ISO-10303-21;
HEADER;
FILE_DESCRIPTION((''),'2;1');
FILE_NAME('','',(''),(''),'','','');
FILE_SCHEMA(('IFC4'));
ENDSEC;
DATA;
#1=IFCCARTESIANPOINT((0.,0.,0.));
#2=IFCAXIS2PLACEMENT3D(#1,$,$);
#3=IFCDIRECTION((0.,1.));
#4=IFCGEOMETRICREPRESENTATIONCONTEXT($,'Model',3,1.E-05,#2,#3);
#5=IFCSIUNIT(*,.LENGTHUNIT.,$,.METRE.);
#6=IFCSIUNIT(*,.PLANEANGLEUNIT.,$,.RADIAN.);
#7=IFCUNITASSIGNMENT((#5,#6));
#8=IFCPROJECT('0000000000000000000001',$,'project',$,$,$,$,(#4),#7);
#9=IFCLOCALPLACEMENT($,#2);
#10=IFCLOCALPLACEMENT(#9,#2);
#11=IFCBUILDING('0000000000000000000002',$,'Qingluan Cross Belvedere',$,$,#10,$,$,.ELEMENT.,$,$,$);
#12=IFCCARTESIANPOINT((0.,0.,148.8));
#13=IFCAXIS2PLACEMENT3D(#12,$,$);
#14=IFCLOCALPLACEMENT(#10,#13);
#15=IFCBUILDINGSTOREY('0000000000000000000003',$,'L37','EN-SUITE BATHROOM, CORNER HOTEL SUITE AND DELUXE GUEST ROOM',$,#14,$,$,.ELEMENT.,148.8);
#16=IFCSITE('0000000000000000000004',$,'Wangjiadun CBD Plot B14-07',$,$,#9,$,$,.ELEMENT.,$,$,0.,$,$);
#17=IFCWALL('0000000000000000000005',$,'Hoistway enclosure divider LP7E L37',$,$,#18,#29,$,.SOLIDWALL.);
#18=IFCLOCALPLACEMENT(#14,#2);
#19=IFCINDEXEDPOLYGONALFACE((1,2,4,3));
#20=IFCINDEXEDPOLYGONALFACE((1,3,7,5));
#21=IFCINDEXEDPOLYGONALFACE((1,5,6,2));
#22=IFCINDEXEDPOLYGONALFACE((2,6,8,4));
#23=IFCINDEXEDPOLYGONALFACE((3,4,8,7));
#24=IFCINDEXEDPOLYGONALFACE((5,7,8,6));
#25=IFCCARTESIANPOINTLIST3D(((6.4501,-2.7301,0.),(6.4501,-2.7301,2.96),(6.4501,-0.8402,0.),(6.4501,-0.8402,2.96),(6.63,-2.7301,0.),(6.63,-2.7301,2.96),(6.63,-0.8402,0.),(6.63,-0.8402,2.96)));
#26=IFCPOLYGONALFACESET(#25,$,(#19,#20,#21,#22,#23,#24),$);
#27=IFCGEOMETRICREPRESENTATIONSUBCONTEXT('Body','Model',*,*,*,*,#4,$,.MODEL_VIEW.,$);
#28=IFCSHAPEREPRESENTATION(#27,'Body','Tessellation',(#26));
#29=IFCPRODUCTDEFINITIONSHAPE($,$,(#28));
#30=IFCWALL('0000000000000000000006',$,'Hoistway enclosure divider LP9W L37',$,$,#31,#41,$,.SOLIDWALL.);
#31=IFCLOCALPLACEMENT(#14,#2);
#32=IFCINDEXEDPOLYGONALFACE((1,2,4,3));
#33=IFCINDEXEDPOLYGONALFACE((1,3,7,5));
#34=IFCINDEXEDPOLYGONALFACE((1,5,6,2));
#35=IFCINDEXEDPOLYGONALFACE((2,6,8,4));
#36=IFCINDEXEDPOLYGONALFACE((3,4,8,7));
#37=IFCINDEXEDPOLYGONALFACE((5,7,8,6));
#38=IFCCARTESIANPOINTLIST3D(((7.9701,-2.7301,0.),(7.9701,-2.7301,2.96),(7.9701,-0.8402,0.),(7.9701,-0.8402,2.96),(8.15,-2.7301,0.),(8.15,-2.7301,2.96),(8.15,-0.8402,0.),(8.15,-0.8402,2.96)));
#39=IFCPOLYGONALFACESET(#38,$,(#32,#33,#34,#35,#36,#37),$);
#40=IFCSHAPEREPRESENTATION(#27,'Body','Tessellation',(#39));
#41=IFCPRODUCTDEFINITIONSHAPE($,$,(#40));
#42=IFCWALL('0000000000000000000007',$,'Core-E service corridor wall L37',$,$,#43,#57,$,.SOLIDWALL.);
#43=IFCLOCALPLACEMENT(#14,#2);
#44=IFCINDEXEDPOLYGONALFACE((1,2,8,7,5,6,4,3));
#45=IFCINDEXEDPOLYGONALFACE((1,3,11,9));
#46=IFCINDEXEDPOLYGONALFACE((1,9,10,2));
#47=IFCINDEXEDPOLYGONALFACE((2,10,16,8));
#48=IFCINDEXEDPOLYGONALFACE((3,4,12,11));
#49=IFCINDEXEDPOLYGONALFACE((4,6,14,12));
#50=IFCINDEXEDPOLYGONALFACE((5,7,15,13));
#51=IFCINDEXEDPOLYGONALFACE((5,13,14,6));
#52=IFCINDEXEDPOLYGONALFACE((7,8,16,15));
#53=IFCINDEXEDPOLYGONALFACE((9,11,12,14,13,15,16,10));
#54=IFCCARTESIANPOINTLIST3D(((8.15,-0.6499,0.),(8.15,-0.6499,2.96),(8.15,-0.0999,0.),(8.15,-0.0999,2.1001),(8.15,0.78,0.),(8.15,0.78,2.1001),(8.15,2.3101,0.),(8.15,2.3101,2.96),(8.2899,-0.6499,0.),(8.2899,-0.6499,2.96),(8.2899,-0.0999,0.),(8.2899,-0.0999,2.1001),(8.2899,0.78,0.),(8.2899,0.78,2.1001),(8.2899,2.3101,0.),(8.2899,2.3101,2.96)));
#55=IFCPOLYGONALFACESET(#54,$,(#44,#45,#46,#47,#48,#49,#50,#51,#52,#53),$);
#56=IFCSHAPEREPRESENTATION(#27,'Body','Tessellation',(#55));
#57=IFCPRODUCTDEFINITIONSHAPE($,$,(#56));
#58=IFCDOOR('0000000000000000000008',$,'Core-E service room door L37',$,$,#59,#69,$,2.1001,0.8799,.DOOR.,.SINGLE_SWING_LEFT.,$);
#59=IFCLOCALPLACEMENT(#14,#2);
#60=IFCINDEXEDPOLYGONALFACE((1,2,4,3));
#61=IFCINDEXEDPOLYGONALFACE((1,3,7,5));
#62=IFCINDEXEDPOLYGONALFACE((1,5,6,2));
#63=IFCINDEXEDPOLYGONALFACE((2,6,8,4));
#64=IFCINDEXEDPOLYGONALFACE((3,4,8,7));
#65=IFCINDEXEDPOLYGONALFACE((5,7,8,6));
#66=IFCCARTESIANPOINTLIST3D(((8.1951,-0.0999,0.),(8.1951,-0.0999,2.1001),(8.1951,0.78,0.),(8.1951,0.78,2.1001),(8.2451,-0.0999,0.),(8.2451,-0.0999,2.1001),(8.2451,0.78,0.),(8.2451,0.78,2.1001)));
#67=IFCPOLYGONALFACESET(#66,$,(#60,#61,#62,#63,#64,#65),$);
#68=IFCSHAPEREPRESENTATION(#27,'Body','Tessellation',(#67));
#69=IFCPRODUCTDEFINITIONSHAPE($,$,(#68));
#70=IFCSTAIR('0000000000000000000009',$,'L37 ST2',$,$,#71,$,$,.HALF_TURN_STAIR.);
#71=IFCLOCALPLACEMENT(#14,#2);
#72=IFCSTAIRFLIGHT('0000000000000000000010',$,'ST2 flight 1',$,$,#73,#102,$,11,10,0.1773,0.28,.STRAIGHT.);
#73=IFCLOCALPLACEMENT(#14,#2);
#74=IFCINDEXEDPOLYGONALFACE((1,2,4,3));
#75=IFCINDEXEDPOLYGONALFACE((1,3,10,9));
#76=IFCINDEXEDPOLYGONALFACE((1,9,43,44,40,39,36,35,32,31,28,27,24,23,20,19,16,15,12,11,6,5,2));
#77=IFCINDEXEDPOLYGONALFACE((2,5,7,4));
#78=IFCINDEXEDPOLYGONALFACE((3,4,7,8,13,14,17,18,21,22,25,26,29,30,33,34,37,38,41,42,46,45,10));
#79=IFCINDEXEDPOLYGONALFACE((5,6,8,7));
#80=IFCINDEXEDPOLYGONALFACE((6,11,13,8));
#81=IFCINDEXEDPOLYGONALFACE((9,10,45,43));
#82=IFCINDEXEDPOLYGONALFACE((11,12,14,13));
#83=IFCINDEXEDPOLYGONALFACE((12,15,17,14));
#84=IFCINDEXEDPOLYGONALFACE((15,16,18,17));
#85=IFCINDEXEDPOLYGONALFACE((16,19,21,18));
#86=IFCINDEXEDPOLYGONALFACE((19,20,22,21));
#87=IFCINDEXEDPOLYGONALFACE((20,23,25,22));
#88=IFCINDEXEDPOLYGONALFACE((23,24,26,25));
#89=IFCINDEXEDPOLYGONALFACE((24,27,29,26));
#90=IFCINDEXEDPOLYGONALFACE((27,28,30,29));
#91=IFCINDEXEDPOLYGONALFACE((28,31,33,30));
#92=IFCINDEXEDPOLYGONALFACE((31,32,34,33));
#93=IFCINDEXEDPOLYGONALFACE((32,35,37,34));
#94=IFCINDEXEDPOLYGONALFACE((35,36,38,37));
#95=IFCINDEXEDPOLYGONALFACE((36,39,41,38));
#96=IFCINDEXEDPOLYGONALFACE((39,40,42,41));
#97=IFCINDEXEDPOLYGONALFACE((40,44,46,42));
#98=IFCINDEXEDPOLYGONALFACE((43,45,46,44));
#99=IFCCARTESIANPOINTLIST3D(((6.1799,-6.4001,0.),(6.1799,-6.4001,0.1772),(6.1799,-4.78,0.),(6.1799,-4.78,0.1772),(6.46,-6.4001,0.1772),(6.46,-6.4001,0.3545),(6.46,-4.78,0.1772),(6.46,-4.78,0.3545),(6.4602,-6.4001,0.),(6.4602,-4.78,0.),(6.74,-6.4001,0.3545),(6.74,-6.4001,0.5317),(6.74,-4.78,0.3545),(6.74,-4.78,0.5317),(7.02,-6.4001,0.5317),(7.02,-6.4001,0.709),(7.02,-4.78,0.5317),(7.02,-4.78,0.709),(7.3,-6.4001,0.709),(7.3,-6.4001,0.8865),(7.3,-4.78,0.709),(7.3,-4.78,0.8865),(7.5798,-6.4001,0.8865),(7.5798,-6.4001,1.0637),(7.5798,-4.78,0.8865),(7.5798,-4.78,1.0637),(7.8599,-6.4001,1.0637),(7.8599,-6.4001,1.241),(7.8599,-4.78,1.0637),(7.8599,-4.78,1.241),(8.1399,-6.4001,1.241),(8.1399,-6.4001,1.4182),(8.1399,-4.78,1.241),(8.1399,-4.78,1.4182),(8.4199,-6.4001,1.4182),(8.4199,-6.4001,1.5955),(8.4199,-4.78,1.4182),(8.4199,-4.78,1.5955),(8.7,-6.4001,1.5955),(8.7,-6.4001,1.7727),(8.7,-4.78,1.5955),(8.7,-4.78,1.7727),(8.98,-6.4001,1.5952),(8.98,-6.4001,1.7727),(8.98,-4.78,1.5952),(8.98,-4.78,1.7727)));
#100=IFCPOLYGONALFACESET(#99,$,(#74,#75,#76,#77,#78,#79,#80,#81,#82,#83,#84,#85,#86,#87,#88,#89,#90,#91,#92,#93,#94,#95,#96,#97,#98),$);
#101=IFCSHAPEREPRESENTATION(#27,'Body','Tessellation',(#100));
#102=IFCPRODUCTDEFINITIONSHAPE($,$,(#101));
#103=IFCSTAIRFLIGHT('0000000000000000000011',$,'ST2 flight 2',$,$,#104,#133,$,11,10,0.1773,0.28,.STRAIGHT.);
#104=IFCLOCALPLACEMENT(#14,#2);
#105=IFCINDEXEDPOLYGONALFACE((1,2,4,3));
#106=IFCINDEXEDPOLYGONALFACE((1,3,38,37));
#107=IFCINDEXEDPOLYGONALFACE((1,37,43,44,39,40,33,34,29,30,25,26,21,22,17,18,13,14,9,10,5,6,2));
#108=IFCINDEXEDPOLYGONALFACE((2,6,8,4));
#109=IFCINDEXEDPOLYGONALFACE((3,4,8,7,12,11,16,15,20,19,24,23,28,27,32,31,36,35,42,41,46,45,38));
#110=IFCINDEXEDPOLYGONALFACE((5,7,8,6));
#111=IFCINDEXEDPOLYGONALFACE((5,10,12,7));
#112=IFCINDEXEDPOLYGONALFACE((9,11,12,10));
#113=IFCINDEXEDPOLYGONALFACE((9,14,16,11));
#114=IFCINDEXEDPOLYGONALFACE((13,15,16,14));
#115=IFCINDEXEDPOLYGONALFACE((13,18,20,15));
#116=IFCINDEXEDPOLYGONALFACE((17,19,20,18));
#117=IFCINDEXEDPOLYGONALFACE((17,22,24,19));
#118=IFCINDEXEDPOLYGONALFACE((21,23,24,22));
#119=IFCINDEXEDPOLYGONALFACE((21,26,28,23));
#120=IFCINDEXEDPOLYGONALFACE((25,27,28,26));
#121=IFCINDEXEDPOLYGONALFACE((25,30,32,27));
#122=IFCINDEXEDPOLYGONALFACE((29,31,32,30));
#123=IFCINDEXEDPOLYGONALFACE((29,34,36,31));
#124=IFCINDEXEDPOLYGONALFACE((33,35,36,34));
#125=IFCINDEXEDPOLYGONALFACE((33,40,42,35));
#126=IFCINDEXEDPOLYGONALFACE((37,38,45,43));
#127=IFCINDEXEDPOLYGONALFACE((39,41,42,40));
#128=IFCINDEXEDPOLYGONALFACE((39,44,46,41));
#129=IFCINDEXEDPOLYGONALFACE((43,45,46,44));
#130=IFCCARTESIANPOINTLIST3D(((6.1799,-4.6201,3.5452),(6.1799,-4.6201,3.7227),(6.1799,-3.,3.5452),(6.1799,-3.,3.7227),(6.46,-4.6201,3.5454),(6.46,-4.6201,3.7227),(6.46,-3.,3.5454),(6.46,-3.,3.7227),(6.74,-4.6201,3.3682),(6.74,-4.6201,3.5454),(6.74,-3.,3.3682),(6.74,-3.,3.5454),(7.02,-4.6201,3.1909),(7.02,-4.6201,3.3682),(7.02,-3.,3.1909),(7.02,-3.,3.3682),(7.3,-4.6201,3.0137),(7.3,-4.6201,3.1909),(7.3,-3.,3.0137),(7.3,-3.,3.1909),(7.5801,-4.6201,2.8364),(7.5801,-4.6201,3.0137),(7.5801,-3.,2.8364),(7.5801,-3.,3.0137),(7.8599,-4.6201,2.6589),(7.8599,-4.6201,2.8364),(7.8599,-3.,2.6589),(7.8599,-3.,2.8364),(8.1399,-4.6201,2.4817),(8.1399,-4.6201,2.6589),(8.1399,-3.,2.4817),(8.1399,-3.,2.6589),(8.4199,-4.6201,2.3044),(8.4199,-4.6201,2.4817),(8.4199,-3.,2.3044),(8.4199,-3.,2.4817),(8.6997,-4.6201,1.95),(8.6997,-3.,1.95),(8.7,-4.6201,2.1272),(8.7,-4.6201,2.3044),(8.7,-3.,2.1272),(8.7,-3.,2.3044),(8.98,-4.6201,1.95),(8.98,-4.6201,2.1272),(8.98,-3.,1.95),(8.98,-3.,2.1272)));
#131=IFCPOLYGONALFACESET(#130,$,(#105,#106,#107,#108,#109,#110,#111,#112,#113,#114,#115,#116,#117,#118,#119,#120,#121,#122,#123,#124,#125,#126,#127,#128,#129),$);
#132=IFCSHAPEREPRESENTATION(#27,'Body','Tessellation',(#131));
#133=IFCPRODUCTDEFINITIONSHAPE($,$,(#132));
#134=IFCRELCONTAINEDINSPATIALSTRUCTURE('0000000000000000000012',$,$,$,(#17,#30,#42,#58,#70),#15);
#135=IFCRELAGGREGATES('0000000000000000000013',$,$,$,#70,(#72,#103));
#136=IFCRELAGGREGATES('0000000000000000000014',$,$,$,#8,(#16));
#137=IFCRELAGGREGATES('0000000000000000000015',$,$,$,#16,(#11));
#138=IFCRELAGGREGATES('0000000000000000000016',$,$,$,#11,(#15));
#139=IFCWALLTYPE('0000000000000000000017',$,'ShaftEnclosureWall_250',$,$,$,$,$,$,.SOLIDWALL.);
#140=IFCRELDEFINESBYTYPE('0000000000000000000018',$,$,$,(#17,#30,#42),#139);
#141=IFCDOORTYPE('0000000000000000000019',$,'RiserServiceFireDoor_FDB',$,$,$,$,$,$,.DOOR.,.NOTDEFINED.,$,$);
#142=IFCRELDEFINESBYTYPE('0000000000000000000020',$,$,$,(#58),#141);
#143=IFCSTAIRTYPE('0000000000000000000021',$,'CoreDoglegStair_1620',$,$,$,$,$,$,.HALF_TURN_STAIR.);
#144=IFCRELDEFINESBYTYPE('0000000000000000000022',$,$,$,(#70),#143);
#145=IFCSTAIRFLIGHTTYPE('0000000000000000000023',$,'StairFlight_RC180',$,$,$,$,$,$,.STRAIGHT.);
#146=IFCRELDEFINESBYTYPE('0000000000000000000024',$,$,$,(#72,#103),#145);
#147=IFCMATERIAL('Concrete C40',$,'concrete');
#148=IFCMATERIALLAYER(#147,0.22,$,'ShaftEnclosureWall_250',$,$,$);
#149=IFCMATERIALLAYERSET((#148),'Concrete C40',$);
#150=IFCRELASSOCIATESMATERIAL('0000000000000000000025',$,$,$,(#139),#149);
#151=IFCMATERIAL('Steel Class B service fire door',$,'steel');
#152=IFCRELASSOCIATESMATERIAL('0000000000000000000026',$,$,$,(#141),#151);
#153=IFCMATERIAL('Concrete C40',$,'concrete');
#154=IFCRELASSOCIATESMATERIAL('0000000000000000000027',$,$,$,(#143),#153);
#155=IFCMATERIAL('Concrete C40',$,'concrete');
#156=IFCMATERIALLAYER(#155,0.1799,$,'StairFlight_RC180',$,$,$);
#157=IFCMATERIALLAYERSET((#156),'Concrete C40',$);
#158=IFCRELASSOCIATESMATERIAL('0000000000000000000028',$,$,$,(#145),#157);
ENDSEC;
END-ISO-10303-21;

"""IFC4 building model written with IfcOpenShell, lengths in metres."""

from ifc_helpers import new_model, si_unit, direction, frame, frame_2d, origin, place, context, subcontext, project, spatial, polyline, rectangle, outline, extrude, material, layer, layer_set, type_object, element, fill, aggregate, save


model = new_model("IFC4")

# Units and contexts
model_context = context("Model", 3, precision=1e-05, world=origin(), true_north=direction((0.0, 1.0)))
body_context = subcontext(model_context, "Body", "Model", "MODEL_VIEW")
ifc_project = project(units=[si_unit("LENGTHUNIT", "METRE"), si_unit("PLANEANGLEUNIT", "RADIAN")], contexts=[model_context])

# Site, building, storey
site_placement = place(None, origin())
site = spatial("IfcSite", under=ifc_project, at=site_placement, Name="Wangjiadun CBD Plot B14-07", CompositionType="ELEMENT", RefElevation=0.0)
building_placement = place(site_placement, origin())
building = spatial("IfcBuilding", under=site, at=building_placement, Name="Qingluan Cross Belvedere", CompositionType="ELEMENT")
storey_placement = place(building_placement, frame((0.0, 0.0, 148.8)))
storey = spatial("IfcBuildingStorey", under=building, at=storey_placement, Name="L37", Description="EN-SUITE BATHROOM, CORNER HOTEL SUITE AND DELUXE GUEST ROOM", CompositionType="ELEMENT", Elevation=148.8)

# Shared definitions
ifc_material_1 = material(Name="Concrete C40", Category="concrete")
ifc_layer_1 = layer(ifc_material_1, 0.22, Name="ShaftEnclosureWall_250")
ifc_layer_set_1 = layer_set([ifc_layer_1], Name="Concrete C40")
wall_type_1 = type_object("IfcWallType", Name="ShaftEnclosureWall_250", PredefinedType="SOLIDWALL", material=ifc_layer_set_1)

# Walls
for number, where, z_axis, x_axis, name in (
    (1, (6.54, -2.73, 0.0), (0.0, 0.0, 1.0), (0.0, 1.0, 0.0), "Hoistway enclosure divider LP7E L37"),
    (2, (8.0601, -2.73, 0.0), (0.0, 0.0, 1.0), (0.0, 1.0, 0.0), "Hoistway enclosure divider LP9W L37"),
):
    element("IfcWall", number, at=place(storey_placement, frame(where, z_axis=z_axis, x_axis=x_axis)), inside=storey, type_object=wall_type_1, Name=name, PredefinedType="SOLIDWALL", context=body_context, shape_type="SweptSolid", body=[
        extrude(rectangle(XDim=1.8899, YDim=0.1799, at=frame_2d((0.9448, 0.0))), origin(), (0.0, 0.0, 1.0), 2.96),
    ])

# Wall, opening, door
wall_1_placement = place(storey_placement, frame((8.22, -0.6499, 0.0), z_axis=(0.0, 0.0, 1.0), x_axis=(0.0, 1.0, 0.0)))
wall_1 = element("IfcWall", 3, at=wall_1_placement, inside=storey, type_object=wall_type_1, Name="Core-E service corridor wall L37", PredefinedType="SOLIDWALL", context=body_context, shape_type="SweptSolid", body=[
    extrude(rectangle(XDim=2.96, YDim=0.1399, at=frame_2d((1.48, 0.0))), origin(), (0.0, 0.0, 1.0), 2.96),
])
opening_1_placement = place(wall_1_placement, frame((0.55, 0.0, 0.0)))
opening_1 = element("IfcOpeningElement", 4, at=opening_1_placement, cuts=wall_1, PredefinedType="OPENING", context=body_context, shape_type="SweptSolid", body=[
    extrude(rectangle(XDim=0.8799, YDim=2.1001, at=frame_2d((0.4399, 1.05))), frame((0.0, 0.0798, 0.0), z_axis=(0.0, -1.0, 0.0), x_axis=(1.0, 0.0, 0.0)), (0.0, 0.0, 1.0), 0.1599),
])
ifc_material_2 = material(Name="Steel Class B service fire door", Category="steel")
door_type_1 = type_object("IfcDoorType", Name="RiserServiceFireDoor_FDB", OperationType="NOTDEFINED", PredefinedType="DOOR", material=ifc_material_2)
door_1_placement = place(opening_1_placement, origin())
door_1 = element("IfcDoor", 5, at=door_1_placement, inside=storey, type_object=door_type_1, Name="Core-E service room door L37", OperationType="SINGLE_SWING_LEFT", OverallHeight=2.1001, OverallWidth=0.8799, PredefinedType="DOOR", context=body_context, shape_type="SweptSolid", body=[
    extrude(rectangle(XDim=0.8799, YDim=2.1001, at=frame_2d((0.4399, 1.05))), frame((0.0, 0.0249, 0.0), z_axis=(0.0, -1.0, 0.0), x_axis=(1.0, 0.0, 0.0)), (0.0, 0.0, 1.0), 0.05),
])
fill(opening_1, door_1)

# Stair, stair flights
ifc_material_3 = material(Name="Concrete C40", Category="concrete")
stair_type = type_object("IfcStairType", Name="CoreDoglegStair_1620", PredefinedType="HALF_TURN_STAIR", material=ifc_material_3)
stair_placement = place(storey_placement, origin())
stair = element("IfcStair", 6, at=stair_placement, inside=storey, type_object=stair_type, Name="L37 ST2", PredefinedType="HALF_TURN_STAIR")
ifc_material_4 = material(Name="Concrete C40", Category="concrete")
ifc_layer_2 = layer(ifc_material_4, 0.1799, Name="StairFlight_RC180")
ifc_layer_set_2 = layer_set([ifc_layer_2], Name="Concrete C40")
stair_flight_type = type_object("IfcStairFlightType", Name="StairFlight_RC180", PredefinedType="STRAIGHT", material=ifc_layer_set_2)
stair_flight_1_placement = place(storey_placement, frame((6.1799, -5.5901, 0.0), z_axis=(0.0, 0.0, 1.0), x_axis=(1.0, 0.0, 0.0)))
stair_flight_1 = element("IfcStairFlight", 7, at=stair_flight_1_placement, type_object=stair_flight_type, Name="ST2 flight 1", NumberOfRisers=11, NumberOfTreads=10, PredefinedType="STRAIGHT", RiserHeight=0.1773, TreadLength=0.28, context=body_context, shape_type="SweptSolid", body=[
    extrude(outline(polyline([(0.0, 0.0), (0.0, 0.1772), (0.28, 0.1772), (0.28, 0.3545), (0.5601, 0.3545), (0.5601, 0.5317), (0.8401, 0.5317), (0.8401, 0.709), (1.1201, 0.709), (1.1201, 0.8865), (1.3999, 0.8865), (1.3999, 1.0637), (1.6799, 1.0637), (1.6799, 1.241), (1.96, 1.241), (1.96, 1.4182), (2.24, 1.4182), (2.24, 1.5955), (2.52, 1.5955), (2.52, 1.7727), (2.8, 1.7727), (2.8, 1.95), (2.8, 1.5952), (0.2803, 0.0), (0.0, 0.0)])), frame((0.0, 0.8101, 0.0), z_axis=(0.0, -1.0, 0.0), x_axis=(1.0, 0.0, 0.0)), (0.0, 0.0, 1.0), 1.6201),
])
stair_flight_2_placement = place(storey_placement, frame((8.98, -3.8101, 1.95), z_axis=(0.0, 0.0, 1.0), x_axis=(-1.0, 0.0, 0.0)))
stair_flight_2 = element("IfcStairFlight", 8, at=stair_flight_2_placement, type_object=stair_flight_type, Name="ST2 flight 2", NumberOfRisers=11, NumberOfTreads=10, PredefinedType="STRAIGHT", RiserHeight=0.1773, TreadLength=0.28, context=body_context, shape_type="SweptSolid", body=[
    extrude(outline(polyline([(0.0, 0.0), (0.0, 0.1772), (0.28, 0.1772), (0.28, 0.3545), (0.5601, 0.3545), (0.5601, 0.5317), (0.8401, 0.5317), (0.8401, 0.709), (1.1201, 0.709), (1.1201, 0.8865), (1.3999, 0.8865), (1.3999, 1.0637), (1.6799, 1.0637), (1.6799, 1.241), (1.96, 1.241), (1.96, 1.4182), (2.24, 1.4182), (2.24, 1.5955), (2.52, 1.5955), (2.52, 1.7727), (2.8, 1.7727), (2.8, 1.95), (2.8, 1.5952), (0.2803, 0.0), (0.0, 0.0)])), frame((0.0, 0.8101, 0.0), z_axis=(0.0, -1.0, 0.0), x_axis=(1.0, 0.0, 0.0)), (0.0, 0.0, 1.0), 1.6201),
])
aggregate(stair, [stair_flight_1, stair_flight_2])

save(model, "model.ifc")
